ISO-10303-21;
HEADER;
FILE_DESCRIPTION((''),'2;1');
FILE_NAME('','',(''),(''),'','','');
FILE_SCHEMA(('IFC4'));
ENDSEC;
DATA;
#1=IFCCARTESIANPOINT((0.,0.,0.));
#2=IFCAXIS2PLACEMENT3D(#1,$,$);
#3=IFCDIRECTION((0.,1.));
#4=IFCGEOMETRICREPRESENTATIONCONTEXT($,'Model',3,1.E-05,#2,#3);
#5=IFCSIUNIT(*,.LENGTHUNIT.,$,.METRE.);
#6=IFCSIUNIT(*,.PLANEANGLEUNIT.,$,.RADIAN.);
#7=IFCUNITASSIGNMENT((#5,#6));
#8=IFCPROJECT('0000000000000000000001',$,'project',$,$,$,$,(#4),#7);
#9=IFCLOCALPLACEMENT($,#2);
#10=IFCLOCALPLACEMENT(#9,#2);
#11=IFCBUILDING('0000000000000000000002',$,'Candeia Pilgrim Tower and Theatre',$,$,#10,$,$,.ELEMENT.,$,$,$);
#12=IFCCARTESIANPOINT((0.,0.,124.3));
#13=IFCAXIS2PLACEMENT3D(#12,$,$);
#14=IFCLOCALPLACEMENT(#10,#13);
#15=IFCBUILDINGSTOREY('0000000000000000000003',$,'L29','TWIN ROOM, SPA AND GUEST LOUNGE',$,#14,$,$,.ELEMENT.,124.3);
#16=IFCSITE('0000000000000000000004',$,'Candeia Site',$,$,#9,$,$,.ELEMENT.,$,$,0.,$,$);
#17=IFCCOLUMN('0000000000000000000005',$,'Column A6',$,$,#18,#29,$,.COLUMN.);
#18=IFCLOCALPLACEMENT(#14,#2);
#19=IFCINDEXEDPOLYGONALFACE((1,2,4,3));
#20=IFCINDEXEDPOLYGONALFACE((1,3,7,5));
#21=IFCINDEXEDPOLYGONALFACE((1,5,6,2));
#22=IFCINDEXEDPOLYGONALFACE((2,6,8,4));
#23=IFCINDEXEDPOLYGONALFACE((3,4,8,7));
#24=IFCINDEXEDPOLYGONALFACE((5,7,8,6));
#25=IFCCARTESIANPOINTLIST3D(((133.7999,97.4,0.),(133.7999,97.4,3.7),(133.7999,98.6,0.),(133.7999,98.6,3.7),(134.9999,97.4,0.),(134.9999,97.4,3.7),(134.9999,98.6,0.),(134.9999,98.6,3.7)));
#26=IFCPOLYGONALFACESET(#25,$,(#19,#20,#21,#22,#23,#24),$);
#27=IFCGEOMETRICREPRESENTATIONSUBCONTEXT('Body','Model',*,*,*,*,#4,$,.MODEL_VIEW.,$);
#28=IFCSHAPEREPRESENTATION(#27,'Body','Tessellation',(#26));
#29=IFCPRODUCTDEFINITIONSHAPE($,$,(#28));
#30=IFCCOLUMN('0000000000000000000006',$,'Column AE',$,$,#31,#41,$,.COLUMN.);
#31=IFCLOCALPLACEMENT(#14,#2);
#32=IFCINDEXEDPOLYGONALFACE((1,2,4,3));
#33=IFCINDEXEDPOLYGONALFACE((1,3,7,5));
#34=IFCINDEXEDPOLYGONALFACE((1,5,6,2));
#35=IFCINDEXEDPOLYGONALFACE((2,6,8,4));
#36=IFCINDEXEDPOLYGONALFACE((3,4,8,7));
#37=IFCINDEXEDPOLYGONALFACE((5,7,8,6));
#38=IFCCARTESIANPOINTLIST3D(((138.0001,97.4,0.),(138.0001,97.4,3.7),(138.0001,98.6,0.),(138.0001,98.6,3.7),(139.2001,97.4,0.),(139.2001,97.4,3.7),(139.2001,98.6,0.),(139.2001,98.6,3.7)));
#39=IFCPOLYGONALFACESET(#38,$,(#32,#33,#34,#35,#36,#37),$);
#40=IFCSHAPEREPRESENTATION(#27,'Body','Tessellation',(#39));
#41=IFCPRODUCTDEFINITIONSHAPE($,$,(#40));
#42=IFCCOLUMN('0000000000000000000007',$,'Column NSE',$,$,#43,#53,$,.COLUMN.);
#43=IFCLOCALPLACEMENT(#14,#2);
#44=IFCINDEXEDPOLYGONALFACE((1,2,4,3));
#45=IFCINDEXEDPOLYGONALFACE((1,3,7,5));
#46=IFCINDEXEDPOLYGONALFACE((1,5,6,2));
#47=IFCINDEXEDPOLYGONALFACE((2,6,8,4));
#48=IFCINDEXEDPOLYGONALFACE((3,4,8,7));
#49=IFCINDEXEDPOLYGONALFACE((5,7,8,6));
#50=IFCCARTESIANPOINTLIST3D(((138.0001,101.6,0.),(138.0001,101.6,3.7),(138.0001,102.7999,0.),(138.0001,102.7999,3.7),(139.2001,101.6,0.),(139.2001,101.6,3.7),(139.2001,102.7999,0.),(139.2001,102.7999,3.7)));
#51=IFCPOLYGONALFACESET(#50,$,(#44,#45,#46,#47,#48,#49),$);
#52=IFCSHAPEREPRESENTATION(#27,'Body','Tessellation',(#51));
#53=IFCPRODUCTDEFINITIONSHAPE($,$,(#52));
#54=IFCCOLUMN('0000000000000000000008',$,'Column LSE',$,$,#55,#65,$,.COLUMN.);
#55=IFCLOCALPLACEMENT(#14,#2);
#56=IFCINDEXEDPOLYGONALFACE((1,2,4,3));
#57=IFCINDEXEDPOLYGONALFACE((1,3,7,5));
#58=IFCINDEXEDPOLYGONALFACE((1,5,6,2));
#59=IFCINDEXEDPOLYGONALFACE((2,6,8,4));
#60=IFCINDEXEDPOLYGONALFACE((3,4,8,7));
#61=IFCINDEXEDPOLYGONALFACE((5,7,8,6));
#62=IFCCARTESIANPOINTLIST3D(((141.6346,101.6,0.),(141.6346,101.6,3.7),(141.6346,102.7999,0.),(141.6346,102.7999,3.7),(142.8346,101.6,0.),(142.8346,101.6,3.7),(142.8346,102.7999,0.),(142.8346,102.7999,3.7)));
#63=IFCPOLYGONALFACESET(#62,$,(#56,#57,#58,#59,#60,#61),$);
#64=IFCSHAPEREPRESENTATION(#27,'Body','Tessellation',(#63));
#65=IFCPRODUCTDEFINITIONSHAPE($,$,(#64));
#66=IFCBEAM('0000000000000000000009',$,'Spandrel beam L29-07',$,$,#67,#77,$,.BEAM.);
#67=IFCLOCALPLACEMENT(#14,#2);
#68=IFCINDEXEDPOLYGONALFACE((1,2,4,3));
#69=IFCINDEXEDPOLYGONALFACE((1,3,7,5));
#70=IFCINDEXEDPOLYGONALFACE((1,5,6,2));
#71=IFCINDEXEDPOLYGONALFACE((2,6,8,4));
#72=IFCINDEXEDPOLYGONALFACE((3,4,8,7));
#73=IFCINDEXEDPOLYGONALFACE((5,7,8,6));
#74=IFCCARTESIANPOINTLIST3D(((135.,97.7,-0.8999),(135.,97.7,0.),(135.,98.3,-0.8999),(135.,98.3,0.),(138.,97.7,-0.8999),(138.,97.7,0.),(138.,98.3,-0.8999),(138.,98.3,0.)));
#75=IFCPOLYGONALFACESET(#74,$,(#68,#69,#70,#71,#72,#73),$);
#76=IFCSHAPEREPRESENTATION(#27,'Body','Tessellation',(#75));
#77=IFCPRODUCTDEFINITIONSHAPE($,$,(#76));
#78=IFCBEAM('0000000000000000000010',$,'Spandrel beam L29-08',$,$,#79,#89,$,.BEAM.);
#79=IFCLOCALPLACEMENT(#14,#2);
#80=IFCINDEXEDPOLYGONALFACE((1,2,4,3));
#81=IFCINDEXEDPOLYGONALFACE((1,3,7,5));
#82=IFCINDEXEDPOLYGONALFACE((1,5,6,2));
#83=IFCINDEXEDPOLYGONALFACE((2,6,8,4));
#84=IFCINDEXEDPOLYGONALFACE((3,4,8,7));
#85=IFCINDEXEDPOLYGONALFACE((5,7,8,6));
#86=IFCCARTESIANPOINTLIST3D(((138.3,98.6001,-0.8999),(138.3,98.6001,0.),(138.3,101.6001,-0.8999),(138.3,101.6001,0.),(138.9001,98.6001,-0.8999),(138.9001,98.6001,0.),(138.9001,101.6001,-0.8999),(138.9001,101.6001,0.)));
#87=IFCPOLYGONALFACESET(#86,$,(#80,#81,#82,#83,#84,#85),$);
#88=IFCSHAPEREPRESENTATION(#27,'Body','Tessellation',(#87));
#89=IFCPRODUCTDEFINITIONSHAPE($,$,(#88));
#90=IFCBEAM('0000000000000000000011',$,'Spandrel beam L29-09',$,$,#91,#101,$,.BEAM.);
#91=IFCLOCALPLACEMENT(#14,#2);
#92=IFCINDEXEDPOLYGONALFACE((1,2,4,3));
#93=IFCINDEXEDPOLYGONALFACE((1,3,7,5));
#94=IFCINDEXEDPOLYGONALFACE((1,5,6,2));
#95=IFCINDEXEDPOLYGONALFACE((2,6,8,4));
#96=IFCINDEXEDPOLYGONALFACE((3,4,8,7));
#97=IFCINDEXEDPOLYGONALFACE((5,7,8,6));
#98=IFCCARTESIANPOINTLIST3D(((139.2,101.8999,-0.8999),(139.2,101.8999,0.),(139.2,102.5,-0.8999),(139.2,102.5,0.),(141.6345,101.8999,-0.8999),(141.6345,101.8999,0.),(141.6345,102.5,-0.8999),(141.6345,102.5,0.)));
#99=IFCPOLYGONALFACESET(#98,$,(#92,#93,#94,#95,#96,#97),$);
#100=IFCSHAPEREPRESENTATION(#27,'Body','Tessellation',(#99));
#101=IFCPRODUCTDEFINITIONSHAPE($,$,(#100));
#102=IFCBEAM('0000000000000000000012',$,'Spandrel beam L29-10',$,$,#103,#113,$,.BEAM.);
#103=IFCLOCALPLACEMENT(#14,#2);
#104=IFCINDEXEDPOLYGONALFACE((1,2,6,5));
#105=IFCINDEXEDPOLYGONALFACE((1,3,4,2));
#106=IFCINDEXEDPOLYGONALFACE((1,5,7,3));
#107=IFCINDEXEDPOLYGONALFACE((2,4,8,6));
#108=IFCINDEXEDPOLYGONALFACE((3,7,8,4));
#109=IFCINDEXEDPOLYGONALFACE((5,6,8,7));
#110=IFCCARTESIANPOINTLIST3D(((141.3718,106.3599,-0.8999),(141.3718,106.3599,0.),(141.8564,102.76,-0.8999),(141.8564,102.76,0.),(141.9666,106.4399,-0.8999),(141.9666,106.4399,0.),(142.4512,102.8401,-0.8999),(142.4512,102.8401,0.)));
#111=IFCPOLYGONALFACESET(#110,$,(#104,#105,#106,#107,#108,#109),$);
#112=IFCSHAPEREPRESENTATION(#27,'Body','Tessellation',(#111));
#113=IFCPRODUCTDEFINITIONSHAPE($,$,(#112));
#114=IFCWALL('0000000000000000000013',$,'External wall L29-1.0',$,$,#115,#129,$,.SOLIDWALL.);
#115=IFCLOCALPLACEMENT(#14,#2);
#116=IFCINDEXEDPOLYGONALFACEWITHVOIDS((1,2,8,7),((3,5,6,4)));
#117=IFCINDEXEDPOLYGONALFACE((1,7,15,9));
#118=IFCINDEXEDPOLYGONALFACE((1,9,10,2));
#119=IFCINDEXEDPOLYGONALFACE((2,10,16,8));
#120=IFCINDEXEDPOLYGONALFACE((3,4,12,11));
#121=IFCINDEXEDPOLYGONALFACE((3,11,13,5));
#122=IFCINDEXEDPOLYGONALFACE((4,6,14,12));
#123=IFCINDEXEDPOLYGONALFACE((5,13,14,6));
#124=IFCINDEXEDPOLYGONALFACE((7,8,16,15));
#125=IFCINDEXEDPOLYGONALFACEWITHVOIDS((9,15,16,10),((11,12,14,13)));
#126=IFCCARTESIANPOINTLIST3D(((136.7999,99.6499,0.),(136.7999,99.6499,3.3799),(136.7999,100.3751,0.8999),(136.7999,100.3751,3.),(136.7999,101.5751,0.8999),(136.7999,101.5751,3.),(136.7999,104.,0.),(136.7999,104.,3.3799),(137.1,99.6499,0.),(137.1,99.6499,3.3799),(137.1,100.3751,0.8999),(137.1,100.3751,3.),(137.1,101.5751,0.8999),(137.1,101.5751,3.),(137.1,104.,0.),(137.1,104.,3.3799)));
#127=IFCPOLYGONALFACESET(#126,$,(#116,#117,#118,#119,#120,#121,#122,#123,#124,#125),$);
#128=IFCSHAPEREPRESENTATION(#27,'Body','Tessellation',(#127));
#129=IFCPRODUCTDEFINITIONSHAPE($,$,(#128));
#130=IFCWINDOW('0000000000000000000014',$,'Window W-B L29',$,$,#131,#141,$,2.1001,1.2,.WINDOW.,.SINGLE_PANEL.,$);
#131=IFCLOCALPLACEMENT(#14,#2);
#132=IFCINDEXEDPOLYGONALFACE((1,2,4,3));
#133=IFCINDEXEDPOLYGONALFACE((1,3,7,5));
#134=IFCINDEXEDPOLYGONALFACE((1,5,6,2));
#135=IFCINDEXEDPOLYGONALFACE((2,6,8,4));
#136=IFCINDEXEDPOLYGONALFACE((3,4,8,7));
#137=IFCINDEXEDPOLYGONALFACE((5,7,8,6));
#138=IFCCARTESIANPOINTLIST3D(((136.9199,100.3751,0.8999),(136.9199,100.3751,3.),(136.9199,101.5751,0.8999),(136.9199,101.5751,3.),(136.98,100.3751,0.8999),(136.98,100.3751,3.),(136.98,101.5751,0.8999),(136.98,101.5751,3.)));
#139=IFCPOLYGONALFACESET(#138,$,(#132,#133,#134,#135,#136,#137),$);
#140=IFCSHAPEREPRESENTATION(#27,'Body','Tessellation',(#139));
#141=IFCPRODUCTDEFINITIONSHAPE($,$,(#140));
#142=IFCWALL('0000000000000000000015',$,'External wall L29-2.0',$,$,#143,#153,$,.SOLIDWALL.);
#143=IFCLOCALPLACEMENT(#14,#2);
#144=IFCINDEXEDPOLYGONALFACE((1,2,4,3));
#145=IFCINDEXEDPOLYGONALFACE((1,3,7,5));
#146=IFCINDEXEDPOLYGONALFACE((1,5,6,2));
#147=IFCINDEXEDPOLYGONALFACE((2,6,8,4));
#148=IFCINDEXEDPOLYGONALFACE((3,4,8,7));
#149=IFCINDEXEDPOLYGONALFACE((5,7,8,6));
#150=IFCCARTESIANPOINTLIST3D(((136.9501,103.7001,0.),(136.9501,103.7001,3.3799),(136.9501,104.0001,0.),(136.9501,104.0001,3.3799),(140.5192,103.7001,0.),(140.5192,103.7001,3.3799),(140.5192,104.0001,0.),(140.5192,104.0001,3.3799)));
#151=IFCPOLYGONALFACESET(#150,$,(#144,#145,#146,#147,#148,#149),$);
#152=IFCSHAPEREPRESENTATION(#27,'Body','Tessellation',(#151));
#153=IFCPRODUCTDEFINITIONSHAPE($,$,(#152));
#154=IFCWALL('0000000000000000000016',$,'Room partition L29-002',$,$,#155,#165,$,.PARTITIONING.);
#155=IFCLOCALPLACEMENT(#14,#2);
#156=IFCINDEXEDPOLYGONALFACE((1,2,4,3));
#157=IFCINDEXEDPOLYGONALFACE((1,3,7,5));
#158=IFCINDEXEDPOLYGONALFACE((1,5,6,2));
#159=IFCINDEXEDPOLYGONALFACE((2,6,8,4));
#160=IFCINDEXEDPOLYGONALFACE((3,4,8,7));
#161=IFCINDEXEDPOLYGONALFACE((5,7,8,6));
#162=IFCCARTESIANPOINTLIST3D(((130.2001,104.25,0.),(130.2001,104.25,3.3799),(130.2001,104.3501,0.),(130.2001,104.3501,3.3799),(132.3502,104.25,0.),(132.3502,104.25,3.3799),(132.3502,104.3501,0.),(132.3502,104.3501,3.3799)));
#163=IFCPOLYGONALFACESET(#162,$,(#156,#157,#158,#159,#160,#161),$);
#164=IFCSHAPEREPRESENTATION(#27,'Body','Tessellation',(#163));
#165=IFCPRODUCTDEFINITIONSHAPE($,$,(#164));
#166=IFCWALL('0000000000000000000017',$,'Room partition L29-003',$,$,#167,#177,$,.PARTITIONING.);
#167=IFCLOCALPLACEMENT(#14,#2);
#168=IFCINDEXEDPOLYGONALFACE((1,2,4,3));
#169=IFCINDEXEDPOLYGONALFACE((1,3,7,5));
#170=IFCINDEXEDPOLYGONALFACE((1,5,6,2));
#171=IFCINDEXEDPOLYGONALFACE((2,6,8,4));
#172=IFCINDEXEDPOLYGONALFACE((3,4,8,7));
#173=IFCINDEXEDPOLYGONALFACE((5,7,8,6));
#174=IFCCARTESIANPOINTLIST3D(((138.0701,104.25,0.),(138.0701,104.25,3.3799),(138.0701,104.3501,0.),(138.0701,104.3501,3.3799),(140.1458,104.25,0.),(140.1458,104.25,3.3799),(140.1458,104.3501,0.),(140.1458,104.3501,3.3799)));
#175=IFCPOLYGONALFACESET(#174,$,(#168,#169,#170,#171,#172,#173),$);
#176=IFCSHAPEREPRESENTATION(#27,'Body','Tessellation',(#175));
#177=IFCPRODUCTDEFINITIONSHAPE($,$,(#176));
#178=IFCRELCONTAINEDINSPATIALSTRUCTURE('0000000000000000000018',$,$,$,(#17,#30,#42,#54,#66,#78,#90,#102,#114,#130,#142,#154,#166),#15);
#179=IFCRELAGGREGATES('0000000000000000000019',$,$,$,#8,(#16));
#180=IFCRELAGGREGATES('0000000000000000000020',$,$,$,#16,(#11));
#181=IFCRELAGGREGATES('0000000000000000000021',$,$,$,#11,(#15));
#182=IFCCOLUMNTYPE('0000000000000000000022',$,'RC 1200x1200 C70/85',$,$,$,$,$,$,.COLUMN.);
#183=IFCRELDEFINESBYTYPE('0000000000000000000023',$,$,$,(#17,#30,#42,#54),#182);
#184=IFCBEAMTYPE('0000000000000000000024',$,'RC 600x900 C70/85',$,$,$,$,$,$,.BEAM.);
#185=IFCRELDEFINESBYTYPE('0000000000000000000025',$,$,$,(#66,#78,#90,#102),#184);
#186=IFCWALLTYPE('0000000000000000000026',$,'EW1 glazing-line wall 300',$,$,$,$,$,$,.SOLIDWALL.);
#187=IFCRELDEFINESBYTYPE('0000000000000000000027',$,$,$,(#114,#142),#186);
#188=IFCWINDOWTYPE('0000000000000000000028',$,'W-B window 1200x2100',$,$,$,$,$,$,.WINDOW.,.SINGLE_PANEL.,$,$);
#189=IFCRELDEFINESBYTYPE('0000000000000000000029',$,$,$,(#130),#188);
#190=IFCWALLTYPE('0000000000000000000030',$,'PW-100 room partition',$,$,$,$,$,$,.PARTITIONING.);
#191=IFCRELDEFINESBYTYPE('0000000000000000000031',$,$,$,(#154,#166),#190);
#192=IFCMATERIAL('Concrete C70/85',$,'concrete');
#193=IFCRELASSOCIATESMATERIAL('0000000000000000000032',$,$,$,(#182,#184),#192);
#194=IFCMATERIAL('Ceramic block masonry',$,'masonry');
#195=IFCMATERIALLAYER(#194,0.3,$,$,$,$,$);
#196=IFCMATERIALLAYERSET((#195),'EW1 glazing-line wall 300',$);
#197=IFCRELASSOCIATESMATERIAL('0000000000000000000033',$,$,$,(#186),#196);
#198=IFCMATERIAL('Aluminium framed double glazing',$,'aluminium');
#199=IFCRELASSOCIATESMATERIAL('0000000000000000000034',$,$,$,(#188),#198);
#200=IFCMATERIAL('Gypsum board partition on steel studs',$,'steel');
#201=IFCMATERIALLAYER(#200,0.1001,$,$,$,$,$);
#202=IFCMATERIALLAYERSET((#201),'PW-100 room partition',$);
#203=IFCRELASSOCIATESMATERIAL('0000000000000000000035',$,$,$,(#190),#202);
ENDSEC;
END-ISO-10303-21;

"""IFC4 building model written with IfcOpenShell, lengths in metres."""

from ifc_helpers import new_model, si_unit, direction, frame, frame_2d, origin, origin_2d, place, context, subcontext, project, spatial, rectangle, extrude, material, layer, layer_set, material_profile, profile_set, type_object, element, fill, save


model = new_model("IFC4")

# Units and contexts
model_context = context("Model", 3, precision=1e-05, world=origin(), true_north=direction((0.0, 1.0)))
body_context = subcontext(model_context, "Body", "Model", "MODEL_VIEW")
ifc_project = project(units=[si_unit("LENGTHUNIT", "METRE"), si_unit("PLANEANGLEUNIT", "RADIAN")], contexts=[model_context])

# Site, building, storey
site_placement = place(None, origin())
site = spatial("IfcSite", under=ifc_project, at=site_placement, Name="Candeia Site", CompositionType="ELEMENT", RefElevation=0.0)
building_placement = place(site_placement, origin())
building = spatial("IfcBuilding", under=site, at=building_placement, Name="Candeia Pilgrim Tower and Theatre", CompositionType="ELEMENT")
storey_placement = place(building_placement, frame((0.0, 0.0, 124.3)))
storey = spatial("IfcBuildingStorey", under=building, at=storey_placement, Name="L29", Description="TWIN ROOM, SPA AND GUEST LOUNGE", CompositionType="ELEMENT", Elevation=124.3)

# Columns
ifc_material_1 = material(Name="Concrete C70/85", Category="concrete")
ifc_material_profile_1 = material_profile(ifc_material_1, rectangle(XDim=1.2, YDim=1.2, at=origin_2d()))
ifc_profile_set_1 = profile_set([ifc_material_profile_1], Name="Concrete C70/85")
column_type = type_object("IfcColumnType", Name="RC 1200x1200 C70/85", PredefinedType="COLUMN", material=ifc_profile_set_1)
for number, where, z_axis, x_axis, name in (
    (1, (134.3999, 98.0, 0.0), (0.0, 0.0, 1.0), (1.0, 0.0, 0.0), "Column A6"),
    (2, (138.6001, 98.0, 0.0), (0.0, 0.0, 1.0), (1.0, 0.0, 0.0), "Column AE"),
    (3, (138.6001, 102.2, 0.0), (0.0, 0.0, 1.0), (1.0, 0.0, 0.0), "Column NSE"),
    (4, (142.2346, 102.2, 0.0), (0.0, 0.0, 1.0), (1.0, 0.0, 0.0), "Column LSE"),
):
    element("IfcColumn", number, at=place(storey_placement, frame(where, z_axis=z_axis, x_axis=x_axis)), inside=storey, type_object=column_type, Name=name, PredefinedType="COLUMN", context=body_context, shape_type="SweptSolid", body=[
        extrude(rectangle(XDim=1.2, YDim=1.2, at=origin_2d()), origin(), (0.0, 0.0, 1.0), 3.7),
    ])

# Beams
ifc_material_profile_2 = material_profile(ifc_material_1, rectangle(XDim=0.6001, YDim=0.8999, at=origin_2d()))
ifc_profile_set_2 = profile_set([ifc_material_profile_2], Name="Concrete C70/85")
beam_type = type_object("IfcBeamType", Name="RC 600x900 C70/85", PredefinedType="BEAM", material=ifc_profile_set_2)
for number, where, z_axis, x_axis, name in (
    (5, (135.0, 98.0, -0.45), (1.0, 0.0, 0.0), (0.0, 1.0, 0.0), "Spandrel beam L29-07"),
    (6, (138.6001, 98.6001, -0.45), (0.0, 1.0, 0.0), (-1.0, 0.0, 0.0), "Spandrel beam L29-08"),
):
    element("IfcBeam", number, at=place(storey_placement, frame(where, z_axis=z_axis, x_axis=x_axis)), inside=storey, type_object=beam_type, Name=name, PredefinedType="BEAM", context=body_context, shape_type="SweptSolid", body=[
        extrude(rectangle(XDim=0.6001, YDim=0.8999, at=origin_2d()), origin(), (0.0, 0.0, 1.0), 3.0),
    ])
beam_1_placement = place(storey_placement, frame((139.2, 102.2, -0.45), z_axis=(1.0, 0.0, 0.0), x_axis=(0.0, 1.0, 0.0)))
element("IfcBeam", 7, at=beam_1_placement, inside=storey, type_object=beam_type, Name="Spandrel beam L29-09", PredefinedType="BEAM", context=body_context, shape_type="SweptSolid", body=[
    extrude(rectangle(XDim=0.6001, YDim=0.8999, at=origin_2d()), origin(), (0.0, 0.0, 1.0), 2.4346),
])
beam_2_placement = place(storey_placement, frame((142.1538, 102.8, -0.45), z_axis=(-0.133418, 0.99106, 0.0), x_axis=(-0.99106, -0.133418, 0.0)))
element("IfcBeam", 8, at=beam_2_placement, inside=storey, type_object=beam_type, Name="Spandrel beam L29-10", PredefinedType="BEAM", context=body_context, shape_type="SweptSolid", body=[
    extrude(rectangle(XDim=0.6001, YDim=0.8999, at=origin_2d()), origin(), (0.0, 0.0, 1.0), 3.6323),
])

# Wall, opening, window
ifc_material_2 = material(Name="Ceramic block masonry", Category="masonry")
ifc_layer_1 = layer(ifc_material_2, 0.3)
ifc_layer_set_1 = layer_set([ifc_layer_1], Name="EW1 glazing-line wall 300")
wall_type_1 = type_object("IfcWallType", Name="EW1 glazing-line wall 300", PredefinedType="SOLIDWALL", material=ifc_layer_set_1)
wall_1_placement = place(storey_placement, frame((136.95, 99.6499, 0.0), z_axis=(0.0, 0.0, 1.0), x_axis=(0.0, 1.0, 0.0)))
wall_1 = element("IfcWall", 9, at=wall_1_placement, inside=storey, type_object=wall_type_1, Name="External wall L29-1.0", PredefinedType="SOLIDWALL", context=body_context, shape_type="SweptSolid", body=[
    extrude(rectangle(XDim=4.3501, YDim=0.3, at=frame_2d((2.175, 0.0))), origin(), (0.0, 0.0, 1.0), 3.3799),
])
opening_1_placement = place(wall_1_placement, frame((0.7251, 0.0, 0.8999)))
opening_1 = element("IfcOpeningElement", 10, at=opening_1_placement, cuts=wall_1, PredefinedType="OPENING", context=body_context, shape_type="SweptSolid", body=[
    extrude(rectangle(XDim=1.2, YDim=2.1001, at=frame_2d((0.6001, 1.05))), frame((0.0, 0.1602, 0.0), z_axis=(0.0, -1.0, 0.0), x_axis=(1.0, 0.0, 0.0)), (0.0, 0.0, 1.0), 0.3201),
])
ifc_material_3 = material(Name="Aluminium framed double glazing", Category="aluminium")
window_type = type_object("IfcWindowType", Name="W-B window 1200x2100", PartitioningType="SINGLE_PANEL", PredefinedType="WINDOW", material=ifc_material_3)
window_1_placement = place(opening_1_placement, origin())
window_1 = element("IfcWindow", 11, at=window_1_placement, inside=storey, type_object=window_type, Name="Window W-B L29", OverallHeight=2.1001, OverallWidth=1.2, PartitioningType="SINGLE_PANEL", PredefinedType="WINDOW", context=body_context, shape_type="SweptSolid", body=[
    extrude(rectangle(XDim=1.2, YDim=2.1001, at=frame_2d((0.6001, 1.05))), frame((0.0, 0.03, 0.0), z_axis=(0.0, -1.0, 0.0), x_axis=(1.0, 0.0, 0.0)), (0.0, 0.0, 1.0), 0.0601),
])
fill(opening_1, window_1)

# Wall
wall_2_placement = place(storey_placement, frame((136.95, 103.8501, 0.0), z_axis=(0.0, 0.0, 1.0), x_axis=(1.0, 0.0, 0.0)))
element("IfcWall", 12, at=wall_2_placement, inside=storey, type_object=wall_type_1, Name="External wall L29-2.0", PredefinedType="SOLIDWALL", context=body_context, shape_type="SweptSolid", body=[
    extrude(rectangle(XDim=3.5691, YDim=0.3, at=frame_2d((1.7847, 0.0))), origin(), (0.0, 0.0, 1.0), 3.3799),
])

# Walls
ifc_material_4 = material(Name="Gypsum board partition on steel studs", Category="steel")
ifc_layer_2 = layer(ifc_material_4, 0.1001)
ifc_layer_set_2 = layer_set([ifc_layer_2], Name="PW-100 room partition")
wall_type_2 = type_object("IfcWallType", Name="PW-100 room partition", PredefinedType="PARTITIONING", material=ifc_layer_set_2)
wall_3_placement = place(storey_placement, frame((130.2, 104.3, 0.0), z_axis=(0.0, 0.0, 1.0), x_axis=(1.0, 0.0, 0.0)))
element("IfcWall", 13, at=wall_3_placement, inside=storey, type_object=wall_type_2, Name="Room partition L29-002", PredefinedType="PARTITIONING", context=body_context, shape_type="SweptSolid", body=[
    extrude(rectangle(XDim=2.1501, YDim=0.1001, at=frame_2d((1.0752, 0.0))), origin(), (0.0, 0.0, 1.0), 3.3799),
])
wall_4_placement = place(storey_placement, frame((138.0701, 104.3, 0.0), z_axis=(0.0, 0.0, 1.0), x_axis=(1.0, 0.0, 0.0)))
element("IfcWall", 14, at=wall_4_placement, inside=storey, type_object=wall_type_2, Name="Room partition L29-003", PredefinedType="PARTITIONING", context=body_context, shape_type="SweptSolid", body=[
    extrude(rectangle(XDim=2.0757, YDim=0.1001, at=frame_2d((1.0378, 0.0))), origin(), (0.0, 0.0, 1.0), 3.3799),
])

save(model, "model.ifc")
